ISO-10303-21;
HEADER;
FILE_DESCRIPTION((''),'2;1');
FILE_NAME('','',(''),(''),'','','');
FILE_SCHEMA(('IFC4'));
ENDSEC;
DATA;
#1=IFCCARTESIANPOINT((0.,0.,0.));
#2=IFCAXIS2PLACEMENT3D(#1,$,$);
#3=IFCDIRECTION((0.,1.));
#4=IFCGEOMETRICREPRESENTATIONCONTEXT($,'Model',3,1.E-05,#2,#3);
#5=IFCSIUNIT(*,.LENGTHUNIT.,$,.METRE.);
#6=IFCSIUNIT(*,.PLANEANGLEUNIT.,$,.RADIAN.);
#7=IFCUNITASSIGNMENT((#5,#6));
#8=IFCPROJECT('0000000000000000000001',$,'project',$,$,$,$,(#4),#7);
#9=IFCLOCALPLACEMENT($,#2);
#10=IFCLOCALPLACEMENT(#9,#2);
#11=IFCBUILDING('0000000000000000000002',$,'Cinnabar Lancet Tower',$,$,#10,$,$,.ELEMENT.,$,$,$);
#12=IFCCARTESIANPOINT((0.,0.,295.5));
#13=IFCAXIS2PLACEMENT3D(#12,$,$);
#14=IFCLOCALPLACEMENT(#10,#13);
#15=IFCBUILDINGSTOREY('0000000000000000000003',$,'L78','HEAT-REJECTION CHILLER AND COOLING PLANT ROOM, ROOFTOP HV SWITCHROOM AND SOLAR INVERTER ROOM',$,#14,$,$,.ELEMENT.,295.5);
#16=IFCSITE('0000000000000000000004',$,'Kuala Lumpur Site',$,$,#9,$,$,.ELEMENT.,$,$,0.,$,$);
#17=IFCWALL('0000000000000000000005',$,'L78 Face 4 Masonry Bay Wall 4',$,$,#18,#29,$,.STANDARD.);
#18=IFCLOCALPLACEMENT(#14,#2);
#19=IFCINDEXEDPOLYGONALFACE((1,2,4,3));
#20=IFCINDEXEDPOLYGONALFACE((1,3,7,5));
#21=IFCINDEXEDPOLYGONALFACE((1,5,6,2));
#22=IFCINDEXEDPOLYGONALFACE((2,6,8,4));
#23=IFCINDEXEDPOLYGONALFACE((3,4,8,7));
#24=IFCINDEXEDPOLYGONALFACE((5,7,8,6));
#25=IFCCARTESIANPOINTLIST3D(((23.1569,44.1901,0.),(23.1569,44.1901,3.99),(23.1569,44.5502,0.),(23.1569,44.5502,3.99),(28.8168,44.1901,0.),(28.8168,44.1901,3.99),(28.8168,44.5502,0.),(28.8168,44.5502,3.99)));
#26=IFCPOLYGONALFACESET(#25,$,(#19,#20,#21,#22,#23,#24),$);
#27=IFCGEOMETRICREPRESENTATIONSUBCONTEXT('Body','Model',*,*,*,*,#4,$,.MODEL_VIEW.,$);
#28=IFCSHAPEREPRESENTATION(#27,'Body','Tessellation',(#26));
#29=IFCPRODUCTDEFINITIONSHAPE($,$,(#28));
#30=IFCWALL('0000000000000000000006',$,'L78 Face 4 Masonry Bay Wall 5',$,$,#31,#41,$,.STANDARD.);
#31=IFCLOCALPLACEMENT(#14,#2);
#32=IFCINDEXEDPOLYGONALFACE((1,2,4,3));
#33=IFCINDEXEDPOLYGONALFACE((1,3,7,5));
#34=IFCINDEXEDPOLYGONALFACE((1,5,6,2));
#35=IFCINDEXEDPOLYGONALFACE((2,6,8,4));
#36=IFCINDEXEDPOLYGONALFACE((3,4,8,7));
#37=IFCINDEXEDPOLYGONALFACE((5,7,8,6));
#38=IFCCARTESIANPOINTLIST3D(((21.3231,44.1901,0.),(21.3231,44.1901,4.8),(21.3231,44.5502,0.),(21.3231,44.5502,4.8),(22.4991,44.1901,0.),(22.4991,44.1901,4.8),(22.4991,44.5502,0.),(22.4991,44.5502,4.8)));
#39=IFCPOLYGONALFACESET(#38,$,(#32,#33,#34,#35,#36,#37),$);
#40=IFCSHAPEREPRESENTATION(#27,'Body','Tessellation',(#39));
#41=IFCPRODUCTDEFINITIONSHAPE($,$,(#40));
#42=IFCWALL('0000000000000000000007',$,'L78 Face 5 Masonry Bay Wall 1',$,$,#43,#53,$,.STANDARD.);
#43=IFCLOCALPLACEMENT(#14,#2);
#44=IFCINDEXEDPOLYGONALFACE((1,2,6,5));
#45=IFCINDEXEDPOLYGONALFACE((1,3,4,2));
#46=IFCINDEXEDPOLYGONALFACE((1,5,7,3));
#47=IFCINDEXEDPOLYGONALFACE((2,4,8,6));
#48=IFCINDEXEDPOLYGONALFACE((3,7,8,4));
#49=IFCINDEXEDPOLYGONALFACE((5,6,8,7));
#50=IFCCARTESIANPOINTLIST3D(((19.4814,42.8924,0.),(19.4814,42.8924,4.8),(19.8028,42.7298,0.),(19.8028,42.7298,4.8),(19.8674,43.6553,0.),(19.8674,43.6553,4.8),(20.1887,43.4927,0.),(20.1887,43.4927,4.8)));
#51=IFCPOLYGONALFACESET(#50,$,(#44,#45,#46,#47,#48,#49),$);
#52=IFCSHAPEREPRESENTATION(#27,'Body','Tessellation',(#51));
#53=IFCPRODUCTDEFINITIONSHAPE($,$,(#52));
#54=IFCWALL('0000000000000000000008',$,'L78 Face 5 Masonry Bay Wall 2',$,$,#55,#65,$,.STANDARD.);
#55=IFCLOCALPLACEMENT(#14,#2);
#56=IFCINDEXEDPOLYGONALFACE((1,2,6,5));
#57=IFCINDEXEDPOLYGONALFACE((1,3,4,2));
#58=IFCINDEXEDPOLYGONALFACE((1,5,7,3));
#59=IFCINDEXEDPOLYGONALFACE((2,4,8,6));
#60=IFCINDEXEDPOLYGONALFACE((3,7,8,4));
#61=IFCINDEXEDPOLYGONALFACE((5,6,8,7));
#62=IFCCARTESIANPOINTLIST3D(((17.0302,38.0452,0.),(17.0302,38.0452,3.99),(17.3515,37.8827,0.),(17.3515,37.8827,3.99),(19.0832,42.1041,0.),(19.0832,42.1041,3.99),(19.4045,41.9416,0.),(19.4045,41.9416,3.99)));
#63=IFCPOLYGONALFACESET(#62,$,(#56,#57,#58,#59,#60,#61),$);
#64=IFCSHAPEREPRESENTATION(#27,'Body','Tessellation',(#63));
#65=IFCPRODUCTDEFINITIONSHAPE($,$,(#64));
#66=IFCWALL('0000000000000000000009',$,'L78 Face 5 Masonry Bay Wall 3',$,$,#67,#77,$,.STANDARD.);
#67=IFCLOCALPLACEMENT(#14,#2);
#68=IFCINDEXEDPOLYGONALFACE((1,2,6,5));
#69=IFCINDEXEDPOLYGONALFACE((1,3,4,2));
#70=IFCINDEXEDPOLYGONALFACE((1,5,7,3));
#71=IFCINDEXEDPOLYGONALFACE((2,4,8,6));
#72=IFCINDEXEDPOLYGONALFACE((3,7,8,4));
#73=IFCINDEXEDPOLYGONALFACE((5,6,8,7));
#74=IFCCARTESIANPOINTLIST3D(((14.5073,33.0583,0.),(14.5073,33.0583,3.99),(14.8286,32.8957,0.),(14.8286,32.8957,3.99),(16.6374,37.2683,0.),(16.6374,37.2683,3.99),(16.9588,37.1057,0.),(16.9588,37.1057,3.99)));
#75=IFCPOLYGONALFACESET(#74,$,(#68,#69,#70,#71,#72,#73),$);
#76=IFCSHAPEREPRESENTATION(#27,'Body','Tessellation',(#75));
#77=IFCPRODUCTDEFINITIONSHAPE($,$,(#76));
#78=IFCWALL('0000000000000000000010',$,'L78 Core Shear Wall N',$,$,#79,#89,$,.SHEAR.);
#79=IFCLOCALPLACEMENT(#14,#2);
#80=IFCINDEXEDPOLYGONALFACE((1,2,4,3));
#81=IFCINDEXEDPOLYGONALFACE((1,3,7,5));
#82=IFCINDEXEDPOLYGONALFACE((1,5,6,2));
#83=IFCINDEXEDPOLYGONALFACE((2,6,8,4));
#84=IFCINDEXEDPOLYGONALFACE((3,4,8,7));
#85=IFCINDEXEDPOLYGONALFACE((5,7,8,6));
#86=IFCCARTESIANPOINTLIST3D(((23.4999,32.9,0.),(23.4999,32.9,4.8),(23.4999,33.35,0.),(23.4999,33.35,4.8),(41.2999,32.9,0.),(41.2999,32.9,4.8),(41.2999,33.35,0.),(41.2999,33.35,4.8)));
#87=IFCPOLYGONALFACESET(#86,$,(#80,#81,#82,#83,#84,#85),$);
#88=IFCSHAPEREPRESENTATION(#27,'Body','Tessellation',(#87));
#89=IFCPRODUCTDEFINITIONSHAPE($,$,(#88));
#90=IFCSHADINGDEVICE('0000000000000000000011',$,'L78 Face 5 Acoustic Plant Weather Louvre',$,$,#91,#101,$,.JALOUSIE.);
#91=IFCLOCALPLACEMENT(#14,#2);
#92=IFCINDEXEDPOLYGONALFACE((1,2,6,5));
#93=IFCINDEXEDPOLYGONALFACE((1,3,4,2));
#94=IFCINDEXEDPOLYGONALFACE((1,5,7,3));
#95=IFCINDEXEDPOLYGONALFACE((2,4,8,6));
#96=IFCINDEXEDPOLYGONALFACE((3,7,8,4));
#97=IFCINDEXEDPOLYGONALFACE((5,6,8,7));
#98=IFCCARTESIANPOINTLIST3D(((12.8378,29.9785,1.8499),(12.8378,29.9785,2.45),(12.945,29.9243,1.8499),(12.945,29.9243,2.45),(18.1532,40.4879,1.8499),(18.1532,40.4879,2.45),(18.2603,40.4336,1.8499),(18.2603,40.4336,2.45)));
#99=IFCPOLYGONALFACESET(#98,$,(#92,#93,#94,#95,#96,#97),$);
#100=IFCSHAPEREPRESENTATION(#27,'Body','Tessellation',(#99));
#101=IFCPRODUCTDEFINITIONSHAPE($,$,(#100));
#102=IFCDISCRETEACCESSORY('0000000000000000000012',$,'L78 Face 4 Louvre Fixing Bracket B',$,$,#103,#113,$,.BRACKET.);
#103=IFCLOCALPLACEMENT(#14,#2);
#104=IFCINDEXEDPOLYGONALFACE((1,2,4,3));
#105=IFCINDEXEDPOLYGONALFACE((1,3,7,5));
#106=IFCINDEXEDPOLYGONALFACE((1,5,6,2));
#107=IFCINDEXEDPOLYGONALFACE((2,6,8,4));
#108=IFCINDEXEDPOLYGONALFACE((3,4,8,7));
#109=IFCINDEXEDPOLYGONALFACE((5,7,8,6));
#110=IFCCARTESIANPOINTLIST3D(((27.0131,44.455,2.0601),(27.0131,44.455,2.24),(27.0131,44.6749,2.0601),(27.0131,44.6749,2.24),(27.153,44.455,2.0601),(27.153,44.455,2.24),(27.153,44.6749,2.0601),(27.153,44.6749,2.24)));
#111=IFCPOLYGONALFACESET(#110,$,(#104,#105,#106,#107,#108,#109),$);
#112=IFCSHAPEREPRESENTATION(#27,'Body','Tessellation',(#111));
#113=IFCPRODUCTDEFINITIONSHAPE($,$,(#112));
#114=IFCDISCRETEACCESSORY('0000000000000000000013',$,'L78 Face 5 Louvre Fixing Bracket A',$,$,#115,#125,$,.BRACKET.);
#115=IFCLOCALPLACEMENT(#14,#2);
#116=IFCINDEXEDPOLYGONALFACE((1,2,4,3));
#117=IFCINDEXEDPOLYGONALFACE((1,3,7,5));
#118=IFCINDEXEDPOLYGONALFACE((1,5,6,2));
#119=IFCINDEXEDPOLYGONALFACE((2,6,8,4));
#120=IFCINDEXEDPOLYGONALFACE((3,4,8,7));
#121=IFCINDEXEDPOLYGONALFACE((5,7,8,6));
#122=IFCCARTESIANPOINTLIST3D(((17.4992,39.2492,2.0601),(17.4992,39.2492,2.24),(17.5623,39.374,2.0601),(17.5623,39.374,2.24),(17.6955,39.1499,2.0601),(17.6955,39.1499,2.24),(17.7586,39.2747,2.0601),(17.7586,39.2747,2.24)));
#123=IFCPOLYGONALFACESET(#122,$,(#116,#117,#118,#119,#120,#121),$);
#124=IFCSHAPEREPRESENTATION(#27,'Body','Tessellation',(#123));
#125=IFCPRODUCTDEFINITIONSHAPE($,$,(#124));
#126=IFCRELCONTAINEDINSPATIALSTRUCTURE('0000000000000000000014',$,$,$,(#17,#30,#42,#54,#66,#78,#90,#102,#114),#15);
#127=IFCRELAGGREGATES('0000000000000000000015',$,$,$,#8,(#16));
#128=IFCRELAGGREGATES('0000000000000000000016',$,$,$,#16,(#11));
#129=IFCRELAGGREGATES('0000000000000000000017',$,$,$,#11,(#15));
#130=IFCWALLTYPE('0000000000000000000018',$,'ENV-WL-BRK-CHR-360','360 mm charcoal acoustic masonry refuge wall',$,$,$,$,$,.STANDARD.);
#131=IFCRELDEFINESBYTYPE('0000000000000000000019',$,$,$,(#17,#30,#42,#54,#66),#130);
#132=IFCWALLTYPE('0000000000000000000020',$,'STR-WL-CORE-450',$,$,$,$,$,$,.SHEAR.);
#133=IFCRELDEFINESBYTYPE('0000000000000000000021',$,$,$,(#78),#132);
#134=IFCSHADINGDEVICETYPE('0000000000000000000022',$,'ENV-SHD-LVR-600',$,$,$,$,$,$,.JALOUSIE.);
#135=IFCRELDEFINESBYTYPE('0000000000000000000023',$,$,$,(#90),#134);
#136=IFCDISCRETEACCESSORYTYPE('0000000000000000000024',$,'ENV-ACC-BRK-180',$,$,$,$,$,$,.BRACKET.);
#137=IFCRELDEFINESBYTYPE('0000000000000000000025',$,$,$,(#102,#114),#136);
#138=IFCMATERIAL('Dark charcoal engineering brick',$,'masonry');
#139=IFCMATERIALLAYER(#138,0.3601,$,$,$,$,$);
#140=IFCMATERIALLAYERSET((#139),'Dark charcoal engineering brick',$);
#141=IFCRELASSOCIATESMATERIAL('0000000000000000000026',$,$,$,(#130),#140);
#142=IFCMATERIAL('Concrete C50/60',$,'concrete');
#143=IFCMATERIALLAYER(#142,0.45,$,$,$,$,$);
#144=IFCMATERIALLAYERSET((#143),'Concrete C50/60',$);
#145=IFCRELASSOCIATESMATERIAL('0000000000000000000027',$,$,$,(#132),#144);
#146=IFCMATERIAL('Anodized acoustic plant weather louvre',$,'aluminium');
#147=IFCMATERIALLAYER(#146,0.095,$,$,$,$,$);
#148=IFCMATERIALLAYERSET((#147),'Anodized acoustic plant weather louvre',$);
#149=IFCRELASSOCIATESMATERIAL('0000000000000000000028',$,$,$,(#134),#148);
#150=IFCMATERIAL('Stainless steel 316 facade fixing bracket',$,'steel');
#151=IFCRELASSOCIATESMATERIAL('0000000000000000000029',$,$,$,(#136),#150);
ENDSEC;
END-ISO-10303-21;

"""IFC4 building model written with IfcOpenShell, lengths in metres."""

from ifc_helpers import new_model, si_unit, direction, frame, frame_2d, origin, origin_2d, place, context, subcontext, project, spatial, rectangle, extrude, material, layer, layer_set, type_object, element, save


model = new_model("IFC4")

# Units and contexts
model_context = context("Model", 3, precision=1e-05, world=origin(), true_north=direction((0.0, 1.0)))
body_context = subcontext(model_context, "Body", "Model", "MODEL_VIEW")
ifc_project = project(units=[si_unit("LENGTHUNIT", "METRE"), si_unit("PLANEANGLEUNIT", "RADIAN")], contexts=[model_context])

# Site, building, storey
site_placement = place(None, origin())
site = spatial("IfcSite", under=ifc_project, at=site_placement, Name="Kuala Lumpur Site", CompositionType="ELEMENT", RefElevation=0.0)
building_placement = place(site_placement, origin())
building = spatial("IfcBuilding", under=site, at=building_placement, Name="Cinnabar Lancet Tower", CompositionType="ELEMENT")
storey_placement = place(building_placement, frame((0.0, 0.0, 295.5)))
storey = spatial("IfcBuildingStorey", under=building, at=storey_placement, Name="L78", Description="HEAT-REJECTION CHILLER AND COOLING PLANT ROOM, ROOFTOP HV SWITCHROOM AND SOLAR INVERTER ROOM", CompositionType="ELEMENT", Elevation=295.5)

# Walls
ifc_material_1 = material(Name="Dark charcoal engineering brick", Category="masonry")
ifc_layer_1 = layer(ifc_material_1, 0.3601)
ifc_layer_set_1 = layer_set([ifc_layer_1], Name="Dark charcoal engineering brick")
wall_type_1 = type_object("IfcWallType", Name="ENV-WL-BRK-CHR-360", Description="360 mm charcoal acoustic masonry refuge wall", PredefinedType="STANDARD", material=ifc_layer_set_1)
wall_1_placement = place(storey_placement, frame((28.8169, 44.3701, 0.0), z_axis=(0.0, 0.0, 1.0), x_axis=(-1.0, 0.0, 0.0)))
element("IfcWall", 1, at=wall_1_placement, inside=storey, type_object=wall_type_1, Name="L78 Face 4 Masonry Bay Wall 4", PredefinedType="STANDARD", context=body_context, shape_type="SweptSolid", body=[
    extrude(rectangle(XDim=5.6599, YDim=0.3601, at=frame_2d((2.8301, 0.0))), origin(), (0.0, 0.0, 1.0), 3.99),
])
wall_2_placement = place(storey_placement, frame((22.499, 44.3701, 0.0), z_axis=(0.0, 0.0, 1.0), x_axis=(-1.0, 0.0, 0.0)))
element("IfcWall", 2, at=wall_2_placement, inside=storey, type_object=wall_type_1, Name="L78 Face 4 Masonry Bay Wall 5", PredefinedType="STANDARD", context=body_context, shape_type="SweptSolid", body=[
    extrude(rectangle(XDim=1.176, YDim=0.3601, at=frame_2d((0.5879, 0.0))), origin(), (0.0, 0.0, 1.0), 4.8),
])
wall_3_placement = place(storey_placement, frame((20.0281, 43.574, 0.0), z_axis=(0.0, 0.0, 1.0), x_axis=(-0.451435, -0.892304, 0.0)))
element("IfcWall", 3, at=wall_3_placement, inside=storey, type_object=wall_type_1, Name="L78 Face 5 Masonry Bay Wall 1", PredefinedType="STANDARD", context=body_context, shape_type="SweptSolid", body=[
    extrude(rectangle(XDim=0.855, YDim=0.3601, at=frame_2d((0.4275, 0.0))), origin(), (0.0, 0.0, 1.0), 4.8),
])
wall_4_placement = place(storey_placement, frame((19.2439, 42.0229, 0.0), z_axis=(0.0, 0.0, 1.0), x_axis=(-0.451353, -0.892346, 0.0)))
element("IfcWall", 4, at=wall_4_placement, inside=storey, type_object=wall_type_1, Name="L78 Face 5 Masonry Bay Wall 2", PredefinedType="STANDARD", context=body_context, shape_type="SweptSolid", body=[
    extrude(rectangle(XDim=4.5486, YDim=0.3601, at=frame_2d((2.2744, 0.0))), origin(), (0.0, 0.0, 1.0), 3.99),
])
wall_5_placement = place(storey_placement, frame((16.7981, 37.187, 0.0), z_axis=(0.0, 0.0, 1.0), x_axis=(-0.451472, -0.892285, 0.0)))
element("IfcWall", 5, at=wall_5_placement, inside=storey, type_object=wall_type_1, Name="L78 Face 5 Masonry Bay Wall 3", PredefinedType="STANDARD", context=body_context, shape_type="SweptSolid", body=[
    extrude(rectangle(XDim=4.7183, YDim=0.3601, at=frame_2d((2.3591, 0.0))), origin(), (0.0, 0.0, 1.0), 3.99),
])
ifc_material_2 = material(Name="Concrete C50/60", Category="concrete")
ifc_layer_2 = layer(ifc_material_2, 0.45)
ifc_layer_set_2 = layer_set([ifc_layer_2], Name="Concrete C50/60")
wall_type_2 = type_object("IfcWallType", Name="STR-WL-CORE-450", PredefinedType="SHEAR", material=ifc_layer_set_2)
wall_6_placement = place(storey_placement, frame((23.5, 33.125, 0.0), z_axis=(0.0, 0.0, 1.0), x_axis=(1.0, 0.0, 0.0)))
element("IfcWall", 6, at=wall_6_placement, inside=storey, type_object=wall_type_2, Name="L78 Core Shear Wall N", PredefinedType="SHEAR", context=body_context, shape_type="SweptSolid", body=[
    extrude(rectangle(XDim=17.8, YDim=0.45, at=frame_2d((8.8999, 0.0))), origin(), (0.0, 0.0, 1.0), 4.8),
])

# Shading device
ifc_material_3 = material(Name="Anodized acoustic plant weather louvre", Category="aluminium")
ifc_layer_3 = layer(ifc_material_3, 0.095)
ifc_layer_set_3 = layer_set([ifc_layer_3], Name="Anodized acoustic plant weather louvre")
shading_device_type = type_object("IfcShadingDeviceType", Name="ENV-SHD-LVR-600", PredefinedType="JALOUSIE", material=ifc_layer_set_3)
shading_device_placement = place(storey_placement, frame((15.5491, 35.2061, 1.8499), z_axis=(0.0, 0.0, 1.0), x_axis=(-0.451329, -0.892357, 0.0)))
element("IfcShadingDevice", 7, at=shading_device_placement, inside=storey, type_object=shading_device_type, Name="L78 Face 5 Acoustic Plant Weather Louvre", PredefinedType="JALOUSIE", context=body_context, shape_type="SweptSolid", body=[
    extrude(rectangle(XDim=11.7771, YDim=0.1201, at=origin_2d()), origin(), (0.0, 0.0, 1.0), 0.6001),
])

# Discrete accessories
ifc_material_4 = material(Name="Stainless steel 316 facade fixing bracket", Category="steel")
discrete_accessory_type = type_object("IfcDiscreteAccessoryType", Name="ENV-ACC-BRK-180", PredefinedType="BRACKET", material=ifc_material_4)
for number, where, z_axis, x_axis, name in (
    (8, (27.083, 44.5649, 2.0601), (0.0, 0.0, 1.0), (-1.0, 0.0, 0.0), "L78 Face 4 Louvre Fixing Bracket B"),
    (9, (17.6289, 39.262, 2.0601), (0.0, 0.0, 1.0), (-0.451329, -0.892357, 0.0), "L78 Face 5 Louvre Fixing Bracket A"),
):
    element("IfcDiscreteAccessory", number, at=place(storey_placement, frame(where, z_axis=z_axis, x_axis=x_axis)), inside=storey, type_object=discrete_accessory_type, Name=name, PredefinedType="BRACKET", context=body_context, shape_type="SweptSolid", body=[
        extrude(rectangle(XDim=0.1399, YDim=0.22, at=origin_2d()), origin(), (0.0, 0.0, 1.0), 0.1799),
    ])

save(model, "model.ifc")
